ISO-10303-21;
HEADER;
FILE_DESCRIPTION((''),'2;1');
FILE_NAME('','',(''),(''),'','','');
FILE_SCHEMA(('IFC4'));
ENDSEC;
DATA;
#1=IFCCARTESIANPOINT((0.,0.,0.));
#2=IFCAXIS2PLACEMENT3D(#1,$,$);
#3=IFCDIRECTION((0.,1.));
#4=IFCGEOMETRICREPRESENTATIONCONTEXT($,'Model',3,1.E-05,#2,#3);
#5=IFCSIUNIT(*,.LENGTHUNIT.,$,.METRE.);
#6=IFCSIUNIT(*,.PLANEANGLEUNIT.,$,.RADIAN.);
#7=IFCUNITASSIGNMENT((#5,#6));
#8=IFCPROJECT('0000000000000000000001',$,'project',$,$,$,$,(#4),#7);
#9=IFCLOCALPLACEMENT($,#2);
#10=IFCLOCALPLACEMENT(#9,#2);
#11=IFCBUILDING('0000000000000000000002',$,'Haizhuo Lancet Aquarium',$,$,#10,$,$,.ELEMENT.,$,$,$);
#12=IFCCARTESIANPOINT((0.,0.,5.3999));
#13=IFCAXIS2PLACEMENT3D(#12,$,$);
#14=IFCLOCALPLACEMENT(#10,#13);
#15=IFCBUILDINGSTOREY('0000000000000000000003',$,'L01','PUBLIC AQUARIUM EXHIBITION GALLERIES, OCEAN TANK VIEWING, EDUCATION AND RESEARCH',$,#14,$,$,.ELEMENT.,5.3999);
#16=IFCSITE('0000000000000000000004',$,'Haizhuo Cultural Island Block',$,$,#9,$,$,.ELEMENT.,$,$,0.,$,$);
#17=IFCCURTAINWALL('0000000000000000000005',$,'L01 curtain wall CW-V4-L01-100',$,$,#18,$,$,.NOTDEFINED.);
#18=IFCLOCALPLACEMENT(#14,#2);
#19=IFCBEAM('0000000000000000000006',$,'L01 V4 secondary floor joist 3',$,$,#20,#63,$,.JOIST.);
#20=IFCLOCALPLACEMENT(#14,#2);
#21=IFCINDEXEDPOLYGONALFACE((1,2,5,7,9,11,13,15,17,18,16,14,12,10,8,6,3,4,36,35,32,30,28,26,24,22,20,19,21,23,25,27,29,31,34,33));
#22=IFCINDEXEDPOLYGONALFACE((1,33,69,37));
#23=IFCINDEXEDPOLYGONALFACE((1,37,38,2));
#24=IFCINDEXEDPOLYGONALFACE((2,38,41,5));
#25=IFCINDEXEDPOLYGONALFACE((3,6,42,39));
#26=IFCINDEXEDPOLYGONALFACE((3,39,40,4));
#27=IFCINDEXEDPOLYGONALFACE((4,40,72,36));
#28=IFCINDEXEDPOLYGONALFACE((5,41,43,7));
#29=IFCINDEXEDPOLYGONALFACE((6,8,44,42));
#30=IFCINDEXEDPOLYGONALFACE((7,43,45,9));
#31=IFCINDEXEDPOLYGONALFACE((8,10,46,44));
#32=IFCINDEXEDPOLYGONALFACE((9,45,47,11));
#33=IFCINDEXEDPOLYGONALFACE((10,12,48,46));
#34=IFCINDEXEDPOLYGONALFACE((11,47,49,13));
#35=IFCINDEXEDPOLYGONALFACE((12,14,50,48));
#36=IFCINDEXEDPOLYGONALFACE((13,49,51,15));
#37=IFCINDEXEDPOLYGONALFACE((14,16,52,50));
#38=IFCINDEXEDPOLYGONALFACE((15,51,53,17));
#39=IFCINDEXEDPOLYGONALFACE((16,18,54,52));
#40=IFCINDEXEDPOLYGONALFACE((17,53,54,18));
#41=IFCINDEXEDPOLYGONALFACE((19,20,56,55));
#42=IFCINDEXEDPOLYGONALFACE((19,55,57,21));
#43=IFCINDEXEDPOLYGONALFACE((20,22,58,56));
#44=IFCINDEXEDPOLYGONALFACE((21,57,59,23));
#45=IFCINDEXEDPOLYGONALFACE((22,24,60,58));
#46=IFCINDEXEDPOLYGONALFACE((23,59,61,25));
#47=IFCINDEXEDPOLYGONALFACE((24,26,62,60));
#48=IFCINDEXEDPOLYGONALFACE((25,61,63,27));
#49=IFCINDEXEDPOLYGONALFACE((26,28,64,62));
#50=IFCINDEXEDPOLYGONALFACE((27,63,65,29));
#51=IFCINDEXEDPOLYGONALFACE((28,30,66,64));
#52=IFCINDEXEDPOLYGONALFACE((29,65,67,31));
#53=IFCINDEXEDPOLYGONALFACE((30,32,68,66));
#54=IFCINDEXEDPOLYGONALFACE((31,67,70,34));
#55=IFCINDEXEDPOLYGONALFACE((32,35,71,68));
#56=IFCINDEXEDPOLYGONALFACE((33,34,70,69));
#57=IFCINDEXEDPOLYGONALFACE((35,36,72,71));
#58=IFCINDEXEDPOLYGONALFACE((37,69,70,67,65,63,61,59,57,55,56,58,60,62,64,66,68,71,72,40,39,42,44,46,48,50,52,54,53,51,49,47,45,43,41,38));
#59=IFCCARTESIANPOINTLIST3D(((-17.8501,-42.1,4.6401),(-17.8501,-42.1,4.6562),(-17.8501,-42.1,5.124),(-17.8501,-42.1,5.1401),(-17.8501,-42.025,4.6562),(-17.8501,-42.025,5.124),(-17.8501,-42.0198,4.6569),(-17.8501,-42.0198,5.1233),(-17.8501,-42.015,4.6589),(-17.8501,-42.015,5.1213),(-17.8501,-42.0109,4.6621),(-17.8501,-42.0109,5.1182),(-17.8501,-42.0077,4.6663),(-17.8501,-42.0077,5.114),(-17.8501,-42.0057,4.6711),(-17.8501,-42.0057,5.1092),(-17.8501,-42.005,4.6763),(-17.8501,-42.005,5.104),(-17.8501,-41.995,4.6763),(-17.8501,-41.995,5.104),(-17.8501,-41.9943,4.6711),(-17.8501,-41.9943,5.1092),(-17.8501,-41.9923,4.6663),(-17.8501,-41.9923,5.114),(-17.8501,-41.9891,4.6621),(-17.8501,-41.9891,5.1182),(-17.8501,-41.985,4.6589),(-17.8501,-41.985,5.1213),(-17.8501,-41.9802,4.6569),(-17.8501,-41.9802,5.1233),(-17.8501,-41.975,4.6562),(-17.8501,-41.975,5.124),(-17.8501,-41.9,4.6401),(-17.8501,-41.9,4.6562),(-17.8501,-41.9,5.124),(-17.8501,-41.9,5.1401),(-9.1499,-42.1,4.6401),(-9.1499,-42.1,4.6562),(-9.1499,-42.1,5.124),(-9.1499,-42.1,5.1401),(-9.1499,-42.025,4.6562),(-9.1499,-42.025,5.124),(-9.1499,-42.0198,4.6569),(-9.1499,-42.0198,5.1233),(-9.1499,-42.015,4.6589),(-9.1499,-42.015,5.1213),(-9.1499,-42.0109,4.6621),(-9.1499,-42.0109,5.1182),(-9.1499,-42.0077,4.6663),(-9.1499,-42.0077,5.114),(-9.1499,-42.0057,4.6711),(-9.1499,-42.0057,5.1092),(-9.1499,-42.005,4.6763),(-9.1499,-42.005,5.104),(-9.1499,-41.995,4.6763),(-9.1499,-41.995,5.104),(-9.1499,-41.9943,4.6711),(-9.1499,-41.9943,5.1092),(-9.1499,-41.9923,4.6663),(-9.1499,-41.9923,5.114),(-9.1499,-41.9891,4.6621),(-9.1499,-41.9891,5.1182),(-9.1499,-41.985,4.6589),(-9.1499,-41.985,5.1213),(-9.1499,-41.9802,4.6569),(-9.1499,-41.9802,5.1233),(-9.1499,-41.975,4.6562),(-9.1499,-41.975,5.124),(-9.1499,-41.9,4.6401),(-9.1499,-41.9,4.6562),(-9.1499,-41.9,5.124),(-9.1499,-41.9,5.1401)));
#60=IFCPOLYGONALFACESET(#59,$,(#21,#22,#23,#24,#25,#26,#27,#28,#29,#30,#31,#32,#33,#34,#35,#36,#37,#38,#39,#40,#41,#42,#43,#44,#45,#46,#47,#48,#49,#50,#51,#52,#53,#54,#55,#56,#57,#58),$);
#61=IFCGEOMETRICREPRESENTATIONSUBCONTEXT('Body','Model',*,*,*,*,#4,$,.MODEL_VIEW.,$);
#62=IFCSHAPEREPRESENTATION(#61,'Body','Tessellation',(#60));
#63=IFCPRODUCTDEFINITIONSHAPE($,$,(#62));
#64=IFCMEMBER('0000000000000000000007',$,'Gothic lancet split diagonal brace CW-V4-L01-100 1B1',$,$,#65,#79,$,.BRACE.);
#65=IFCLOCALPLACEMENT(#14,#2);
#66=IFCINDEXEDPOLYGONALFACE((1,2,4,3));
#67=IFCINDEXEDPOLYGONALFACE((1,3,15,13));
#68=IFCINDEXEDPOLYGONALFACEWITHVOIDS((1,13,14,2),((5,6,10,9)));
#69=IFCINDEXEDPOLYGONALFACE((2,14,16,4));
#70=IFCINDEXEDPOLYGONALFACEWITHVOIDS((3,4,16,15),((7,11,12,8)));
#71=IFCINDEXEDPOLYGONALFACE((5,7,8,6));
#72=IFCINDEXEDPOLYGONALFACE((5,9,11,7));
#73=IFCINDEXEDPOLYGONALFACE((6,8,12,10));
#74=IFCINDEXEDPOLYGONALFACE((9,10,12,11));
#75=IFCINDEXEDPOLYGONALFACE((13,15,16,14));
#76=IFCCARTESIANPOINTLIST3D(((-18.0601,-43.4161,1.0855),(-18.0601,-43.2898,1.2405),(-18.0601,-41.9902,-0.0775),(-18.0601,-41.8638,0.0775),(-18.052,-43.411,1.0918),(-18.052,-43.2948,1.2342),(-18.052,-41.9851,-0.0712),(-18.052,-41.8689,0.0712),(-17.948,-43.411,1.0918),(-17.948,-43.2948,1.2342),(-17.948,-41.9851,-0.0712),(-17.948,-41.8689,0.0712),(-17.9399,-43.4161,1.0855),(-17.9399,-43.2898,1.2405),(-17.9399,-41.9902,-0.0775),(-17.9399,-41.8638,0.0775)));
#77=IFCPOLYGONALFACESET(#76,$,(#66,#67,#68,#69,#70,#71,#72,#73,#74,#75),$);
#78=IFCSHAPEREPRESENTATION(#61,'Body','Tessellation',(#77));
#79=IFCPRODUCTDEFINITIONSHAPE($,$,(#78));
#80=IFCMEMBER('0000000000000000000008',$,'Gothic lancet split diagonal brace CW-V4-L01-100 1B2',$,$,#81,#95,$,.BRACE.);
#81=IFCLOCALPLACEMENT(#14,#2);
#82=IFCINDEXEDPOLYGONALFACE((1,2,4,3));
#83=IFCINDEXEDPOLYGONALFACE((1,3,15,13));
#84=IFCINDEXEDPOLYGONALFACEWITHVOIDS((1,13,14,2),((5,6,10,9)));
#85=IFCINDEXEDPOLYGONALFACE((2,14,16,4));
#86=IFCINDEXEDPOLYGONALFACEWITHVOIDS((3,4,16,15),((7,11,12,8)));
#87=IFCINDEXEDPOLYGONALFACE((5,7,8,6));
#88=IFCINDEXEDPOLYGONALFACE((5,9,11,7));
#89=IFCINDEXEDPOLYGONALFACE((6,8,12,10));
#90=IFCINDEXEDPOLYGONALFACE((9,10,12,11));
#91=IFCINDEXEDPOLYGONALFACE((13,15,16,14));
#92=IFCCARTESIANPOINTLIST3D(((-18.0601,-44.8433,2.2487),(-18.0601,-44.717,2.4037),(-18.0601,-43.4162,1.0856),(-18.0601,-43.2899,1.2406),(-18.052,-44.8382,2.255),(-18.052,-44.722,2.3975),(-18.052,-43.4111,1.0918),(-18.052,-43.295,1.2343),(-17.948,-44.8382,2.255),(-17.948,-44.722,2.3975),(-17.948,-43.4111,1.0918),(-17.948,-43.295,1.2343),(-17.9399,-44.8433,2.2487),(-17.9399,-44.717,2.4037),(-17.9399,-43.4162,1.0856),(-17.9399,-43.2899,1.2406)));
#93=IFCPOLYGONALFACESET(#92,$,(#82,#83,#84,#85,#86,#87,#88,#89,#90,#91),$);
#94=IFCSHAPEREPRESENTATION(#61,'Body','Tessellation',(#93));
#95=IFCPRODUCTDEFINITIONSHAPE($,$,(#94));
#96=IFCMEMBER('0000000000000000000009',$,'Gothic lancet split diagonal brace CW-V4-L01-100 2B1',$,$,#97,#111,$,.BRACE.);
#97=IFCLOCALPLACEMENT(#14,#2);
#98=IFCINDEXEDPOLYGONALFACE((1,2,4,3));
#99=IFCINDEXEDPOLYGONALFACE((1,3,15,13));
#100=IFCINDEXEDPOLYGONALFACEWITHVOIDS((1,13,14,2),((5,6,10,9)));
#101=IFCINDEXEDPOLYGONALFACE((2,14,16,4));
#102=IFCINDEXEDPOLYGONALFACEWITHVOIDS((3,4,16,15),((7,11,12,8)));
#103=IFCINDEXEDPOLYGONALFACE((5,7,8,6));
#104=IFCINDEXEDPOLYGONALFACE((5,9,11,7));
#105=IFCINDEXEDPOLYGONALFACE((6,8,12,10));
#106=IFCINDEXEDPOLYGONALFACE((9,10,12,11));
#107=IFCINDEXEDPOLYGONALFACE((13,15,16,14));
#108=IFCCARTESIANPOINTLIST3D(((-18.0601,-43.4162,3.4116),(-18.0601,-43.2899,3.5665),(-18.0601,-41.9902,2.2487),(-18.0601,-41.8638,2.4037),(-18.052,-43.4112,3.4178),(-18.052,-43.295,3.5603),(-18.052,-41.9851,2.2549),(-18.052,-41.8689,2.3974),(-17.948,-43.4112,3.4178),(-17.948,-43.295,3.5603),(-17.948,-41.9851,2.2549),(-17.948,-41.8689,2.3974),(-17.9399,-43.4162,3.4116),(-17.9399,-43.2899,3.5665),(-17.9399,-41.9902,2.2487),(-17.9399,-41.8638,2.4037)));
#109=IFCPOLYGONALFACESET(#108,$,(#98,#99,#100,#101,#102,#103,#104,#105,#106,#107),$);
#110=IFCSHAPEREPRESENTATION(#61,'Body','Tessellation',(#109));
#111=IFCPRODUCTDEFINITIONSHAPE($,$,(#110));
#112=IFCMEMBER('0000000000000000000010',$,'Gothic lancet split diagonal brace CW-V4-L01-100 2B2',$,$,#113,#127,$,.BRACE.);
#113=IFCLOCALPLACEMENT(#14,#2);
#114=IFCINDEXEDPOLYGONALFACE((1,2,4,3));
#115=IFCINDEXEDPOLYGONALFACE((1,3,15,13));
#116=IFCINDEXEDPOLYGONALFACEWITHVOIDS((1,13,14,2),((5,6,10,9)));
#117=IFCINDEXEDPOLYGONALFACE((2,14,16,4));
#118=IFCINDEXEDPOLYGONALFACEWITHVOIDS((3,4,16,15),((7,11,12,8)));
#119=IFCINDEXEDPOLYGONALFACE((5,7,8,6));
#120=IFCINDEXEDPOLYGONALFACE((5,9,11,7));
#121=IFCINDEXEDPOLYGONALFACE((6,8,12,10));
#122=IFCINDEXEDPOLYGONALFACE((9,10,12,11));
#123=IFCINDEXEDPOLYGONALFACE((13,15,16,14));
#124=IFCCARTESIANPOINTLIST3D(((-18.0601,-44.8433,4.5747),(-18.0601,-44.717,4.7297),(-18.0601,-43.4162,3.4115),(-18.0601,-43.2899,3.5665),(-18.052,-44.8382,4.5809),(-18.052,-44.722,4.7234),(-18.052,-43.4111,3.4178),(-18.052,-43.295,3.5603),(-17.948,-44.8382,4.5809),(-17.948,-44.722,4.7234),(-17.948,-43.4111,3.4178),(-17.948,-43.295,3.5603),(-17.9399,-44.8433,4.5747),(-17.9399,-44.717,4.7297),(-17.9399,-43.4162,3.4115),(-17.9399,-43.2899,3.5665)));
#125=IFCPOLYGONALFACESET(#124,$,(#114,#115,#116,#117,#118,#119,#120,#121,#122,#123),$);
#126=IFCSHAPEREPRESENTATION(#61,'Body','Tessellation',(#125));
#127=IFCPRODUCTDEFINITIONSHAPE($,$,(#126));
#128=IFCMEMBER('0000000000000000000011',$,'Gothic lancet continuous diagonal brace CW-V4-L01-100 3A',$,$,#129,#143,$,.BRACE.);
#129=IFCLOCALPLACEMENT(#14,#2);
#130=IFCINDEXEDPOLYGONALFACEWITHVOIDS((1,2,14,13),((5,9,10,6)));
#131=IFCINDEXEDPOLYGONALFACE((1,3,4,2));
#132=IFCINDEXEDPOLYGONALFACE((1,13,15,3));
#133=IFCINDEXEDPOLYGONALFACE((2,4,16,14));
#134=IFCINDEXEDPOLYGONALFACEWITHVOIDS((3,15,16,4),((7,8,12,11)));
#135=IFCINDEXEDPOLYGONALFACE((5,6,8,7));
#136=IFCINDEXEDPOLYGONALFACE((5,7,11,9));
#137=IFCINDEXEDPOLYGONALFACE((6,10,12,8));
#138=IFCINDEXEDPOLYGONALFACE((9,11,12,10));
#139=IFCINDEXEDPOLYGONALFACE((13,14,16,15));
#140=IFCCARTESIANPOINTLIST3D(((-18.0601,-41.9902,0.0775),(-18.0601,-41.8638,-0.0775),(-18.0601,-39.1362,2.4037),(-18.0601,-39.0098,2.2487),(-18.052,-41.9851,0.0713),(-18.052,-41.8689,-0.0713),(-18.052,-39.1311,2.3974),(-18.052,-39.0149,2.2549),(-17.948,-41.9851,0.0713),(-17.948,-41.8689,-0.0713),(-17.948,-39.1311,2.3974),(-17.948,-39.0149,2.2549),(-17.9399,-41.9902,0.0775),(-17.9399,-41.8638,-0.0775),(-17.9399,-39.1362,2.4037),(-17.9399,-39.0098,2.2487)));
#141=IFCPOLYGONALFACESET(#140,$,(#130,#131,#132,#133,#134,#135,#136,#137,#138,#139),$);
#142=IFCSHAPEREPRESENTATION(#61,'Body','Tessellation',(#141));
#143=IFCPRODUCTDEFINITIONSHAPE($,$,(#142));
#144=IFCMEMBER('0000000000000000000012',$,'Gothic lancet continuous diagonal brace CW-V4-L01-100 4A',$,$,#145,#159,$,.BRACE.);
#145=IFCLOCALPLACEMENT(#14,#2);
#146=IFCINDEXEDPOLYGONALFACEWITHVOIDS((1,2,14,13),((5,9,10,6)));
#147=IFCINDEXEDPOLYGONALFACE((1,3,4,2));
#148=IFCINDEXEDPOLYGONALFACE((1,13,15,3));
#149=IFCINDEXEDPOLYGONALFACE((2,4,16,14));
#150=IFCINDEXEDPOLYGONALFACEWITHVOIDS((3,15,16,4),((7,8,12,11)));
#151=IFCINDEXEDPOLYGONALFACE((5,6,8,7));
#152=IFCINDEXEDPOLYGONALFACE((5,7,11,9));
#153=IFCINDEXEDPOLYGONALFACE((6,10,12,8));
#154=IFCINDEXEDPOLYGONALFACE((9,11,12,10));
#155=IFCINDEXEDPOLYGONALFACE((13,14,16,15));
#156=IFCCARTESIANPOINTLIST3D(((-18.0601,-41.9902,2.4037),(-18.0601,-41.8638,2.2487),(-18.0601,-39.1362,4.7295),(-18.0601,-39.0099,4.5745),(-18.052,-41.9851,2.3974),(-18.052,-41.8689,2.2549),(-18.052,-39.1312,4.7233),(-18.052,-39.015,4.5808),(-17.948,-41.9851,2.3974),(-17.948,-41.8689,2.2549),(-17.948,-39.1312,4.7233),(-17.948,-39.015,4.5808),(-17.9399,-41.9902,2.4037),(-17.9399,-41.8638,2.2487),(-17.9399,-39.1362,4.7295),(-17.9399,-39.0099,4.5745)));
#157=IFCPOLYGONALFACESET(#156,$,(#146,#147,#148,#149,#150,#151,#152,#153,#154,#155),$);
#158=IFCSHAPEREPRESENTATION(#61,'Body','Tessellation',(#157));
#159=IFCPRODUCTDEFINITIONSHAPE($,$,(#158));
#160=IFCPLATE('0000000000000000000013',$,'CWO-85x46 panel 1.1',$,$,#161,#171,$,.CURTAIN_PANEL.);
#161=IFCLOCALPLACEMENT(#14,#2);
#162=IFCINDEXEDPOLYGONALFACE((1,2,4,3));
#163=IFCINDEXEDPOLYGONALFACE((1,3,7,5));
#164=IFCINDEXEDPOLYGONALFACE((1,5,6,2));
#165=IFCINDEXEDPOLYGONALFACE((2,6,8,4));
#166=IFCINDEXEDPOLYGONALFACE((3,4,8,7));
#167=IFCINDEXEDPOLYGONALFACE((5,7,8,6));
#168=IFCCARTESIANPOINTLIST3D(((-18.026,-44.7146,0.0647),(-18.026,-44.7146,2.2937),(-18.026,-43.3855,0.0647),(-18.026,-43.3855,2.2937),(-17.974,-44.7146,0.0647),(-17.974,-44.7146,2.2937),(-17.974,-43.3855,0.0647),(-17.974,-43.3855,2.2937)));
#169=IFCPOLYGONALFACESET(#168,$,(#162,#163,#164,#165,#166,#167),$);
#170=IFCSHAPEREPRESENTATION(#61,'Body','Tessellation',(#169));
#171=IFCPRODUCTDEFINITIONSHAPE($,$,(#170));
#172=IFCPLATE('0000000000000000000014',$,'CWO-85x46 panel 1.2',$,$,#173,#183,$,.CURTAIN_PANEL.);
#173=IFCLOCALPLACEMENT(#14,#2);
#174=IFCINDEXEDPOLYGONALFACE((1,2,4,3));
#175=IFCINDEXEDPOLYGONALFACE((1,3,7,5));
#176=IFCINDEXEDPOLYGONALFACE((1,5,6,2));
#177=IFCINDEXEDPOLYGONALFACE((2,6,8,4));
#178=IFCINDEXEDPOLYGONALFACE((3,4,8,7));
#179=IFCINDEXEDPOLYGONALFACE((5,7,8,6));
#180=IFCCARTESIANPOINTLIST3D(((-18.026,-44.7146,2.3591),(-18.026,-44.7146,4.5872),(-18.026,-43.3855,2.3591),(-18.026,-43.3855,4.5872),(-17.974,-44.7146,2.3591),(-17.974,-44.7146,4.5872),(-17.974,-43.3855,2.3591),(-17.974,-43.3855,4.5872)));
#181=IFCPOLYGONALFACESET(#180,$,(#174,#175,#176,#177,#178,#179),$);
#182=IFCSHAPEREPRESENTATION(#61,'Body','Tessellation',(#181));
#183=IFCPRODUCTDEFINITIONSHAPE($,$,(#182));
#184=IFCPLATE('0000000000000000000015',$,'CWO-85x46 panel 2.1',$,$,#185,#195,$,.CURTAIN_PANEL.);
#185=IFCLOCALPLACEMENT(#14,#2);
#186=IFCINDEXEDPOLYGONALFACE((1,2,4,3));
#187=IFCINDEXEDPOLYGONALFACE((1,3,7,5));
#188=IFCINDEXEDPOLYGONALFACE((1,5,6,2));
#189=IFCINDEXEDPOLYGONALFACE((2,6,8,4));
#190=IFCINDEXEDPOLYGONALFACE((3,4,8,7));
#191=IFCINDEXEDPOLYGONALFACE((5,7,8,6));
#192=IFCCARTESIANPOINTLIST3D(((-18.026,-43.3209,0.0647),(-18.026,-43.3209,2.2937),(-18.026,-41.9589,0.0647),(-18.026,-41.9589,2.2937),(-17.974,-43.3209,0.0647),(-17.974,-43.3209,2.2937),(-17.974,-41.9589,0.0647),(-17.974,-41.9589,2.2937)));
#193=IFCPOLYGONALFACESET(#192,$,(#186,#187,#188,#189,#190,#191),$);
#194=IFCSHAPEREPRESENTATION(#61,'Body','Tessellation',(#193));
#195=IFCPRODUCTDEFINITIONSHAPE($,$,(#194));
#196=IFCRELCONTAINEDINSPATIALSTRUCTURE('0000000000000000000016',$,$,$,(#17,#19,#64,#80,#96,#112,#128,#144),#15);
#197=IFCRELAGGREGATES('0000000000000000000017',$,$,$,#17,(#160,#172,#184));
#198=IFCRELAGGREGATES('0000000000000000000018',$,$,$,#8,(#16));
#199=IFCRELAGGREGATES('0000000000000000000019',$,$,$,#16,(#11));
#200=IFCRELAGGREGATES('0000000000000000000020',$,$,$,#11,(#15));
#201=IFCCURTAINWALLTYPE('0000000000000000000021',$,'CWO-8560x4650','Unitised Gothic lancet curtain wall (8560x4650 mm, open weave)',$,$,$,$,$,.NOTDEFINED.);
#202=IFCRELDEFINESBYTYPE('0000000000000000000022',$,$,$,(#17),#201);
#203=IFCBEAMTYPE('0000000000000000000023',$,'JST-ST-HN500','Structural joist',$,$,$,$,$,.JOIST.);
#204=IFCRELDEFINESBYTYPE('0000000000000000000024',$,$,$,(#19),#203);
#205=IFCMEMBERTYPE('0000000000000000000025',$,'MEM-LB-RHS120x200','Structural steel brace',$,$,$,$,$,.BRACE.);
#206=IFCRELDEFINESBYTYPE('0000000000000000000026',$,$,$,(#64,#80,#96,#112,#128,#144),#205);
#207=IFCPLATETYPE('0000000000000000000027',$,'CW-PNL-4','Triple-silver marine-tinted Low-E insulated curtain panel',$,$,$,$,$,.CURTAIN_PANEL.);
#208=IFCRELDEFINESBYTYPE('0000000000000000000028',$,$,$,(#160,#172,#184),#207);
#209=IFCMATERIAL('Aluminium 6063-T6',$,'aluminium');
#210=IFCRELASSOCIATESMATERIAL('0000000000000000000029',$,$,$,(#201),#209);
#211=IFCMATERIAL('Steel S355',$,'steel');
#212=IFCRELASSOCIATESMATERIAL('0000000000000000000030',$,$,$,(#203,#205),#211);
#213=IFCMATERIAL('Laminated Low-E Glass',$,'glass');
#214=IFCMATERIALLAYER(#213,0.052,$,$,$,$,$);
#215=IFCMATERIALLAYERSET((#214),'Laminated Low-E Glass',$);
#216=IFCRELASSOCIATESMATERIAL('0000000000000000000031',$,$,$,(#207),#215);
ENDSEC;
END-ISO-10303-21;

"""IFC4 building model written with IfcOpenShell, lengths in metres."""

from ifc_helpers import new_model, si_unit, direction, frame, origin, origin_2d, place, context, subcontext, project, spatial, rectangle, hollow_rectangle, i_section, extrude, material, layer, layer_set, material_profile, profile_set, type_object, element, aggregate, save


model = new_model("IFC4")

# Units and contexts
model_context = context("Model", 3, precision=1e-05, world=origin(), true_north=direction((0.0, 1.0)))
body_context = subcontext(model_context, "Body", "Model", "MODEL_VIEW")
ifc_project = project(units=[si_unit("LENGTHUNIT", "METRE"), si_unit("PLANEANGLEUNIT", "RADIAN")], contexts=[model_context])

# Site, building, storey
site_placement = place(None, origin())
site = spatial("IfcSite", under=ifc_project, at=site_placement, Name="Haizhuo Cultural Island Block", CompositionType="ELEMENT", RefElevation=0.0)
building_placement = place(site_placement, origin())
building = spatial("IfcBuilding", under=site, at=building_placement, Name="Haizhuo Lancet Aquarium", CompositionType="ELEMENT")
storey_placement = place(building_placement, frame((0.0, 0.0, 5.3999)))
storey = spatial("IfcBuildingStorey", under=building, at=storey_placement, Name="L01", Description="PUBLIC AQUARIUM EXHIBITION GALLERIES, OCEAN TANK VIEWING, EDUCATION AND RESEARCH", CompositionType="ELEMENT", Elevation=5.3999)

# Curtain wall
ifc_material_1 = material(Name="Aluminium 6063-T6", Category="aluminium")
curtain_wall_type = type_object("IfcCurtainWallType", Name="CWO-8560x4650", Description="Unitised Gothic lancet curtain wall (8560x4650 mm, open weave)", PredefinedType="NOTDEFINED", material=ifc_material_1)
curtain_wall_placement = place(storey_placement, origin())
curtain_wall = element("IfcCurtainWall", 1, at=curtain_wall_placement, inside=storey, type_object=curtain_wall_type, Name="L01 curtain wall CW-V4-L01-100", PredefinedType="NOTDEFINED")

# Beam
ifc_material_2 = material(Name="Steel S355", Category="steel")
ifc_material_profile_1 = material_profile(ifc_material_2, i_section(OverallWidth=0.2, OverallDepth=0.5, WebThickness=0.01, FlangeThickness=0.0161, FilletRadius=0.02, at=origin_2d()), Name="HN 500x200x10x16")
ifc_profile_set_1 = profile_set([ifc_material_profile_1], Name="Steel S355")
beam_type = type_object("IfcBeamType", Name="JST-ST-HN500", Description="Structural joist", PredefinedType="JOIST", material=ifc_profile_set_1)
beam_placement = place(storey_placement, frame((-17.8501, -42.0, 4.8901), z_axis=(1.0, 0.0, 0.0), x_axis=(0.0, 1.0, 0.0)))
element("IfcBeam", 2, at=beam_placement, inside=storey, type_object=beam_type, Name="L01 V4 secondary floor joist 3", PredefinedType="JOIST", context=body_context, shape_type="SweptSolid", body=[
    extrude(i_section(OverallWidth=0.2, OverallDepth=0.5, WebThickness=0.01, FlangeThickness=0.0161, FilletRadius=0.02, at=origin_2d()), origin(), (0.0, 0.0, 1.0), 8.7002),
])

# Members
ifc_material_profile_2 = material_profile(ifc_material_2, hollow_rectangle(XDim=0.1201, YDim=0.2, WallThickness=0.0081, at=origin_2d()), Name="RHS 120x200x8")
ifc_profile_set_2 = profile_set([ifc_material_profile_2], Name="Steel S355")
member_type_1 = type_object("IfcMemberType", Name="MEM-LB-RHS120x200", Description="Structural steel brace", PredefinedType="BRACE", material=ifc_profile_set_2)
member_1_placement = place(storey_placement, frame((-18.0, -41.927, 0.0), z_axis=(0.0, -0.774932, 0.632045), x_axis=(1.0, 0.0, 0.0)))
element("IfcMember", 3, at=member_1_placement, inside=storey, type_object=member_type_1, Name="Gothic lancet split diagonal brace CW-V4-L01-100 1B1", PredefinedType="BRACE", context=body_context, shape_type="SweptSolid", body=[
    extrude(hollow_rectangle(XDim=0.1201, YDim=0.2, WallThickness=0.0081, at=origin_2d()), origin(), (0.0, 0.0, 1.0), 1.8401),
])
member_2_placement = place(storey_placement, frame((-18.0, -43.353, 1.1631), z_axis=(0.0, -0.775144, 0.631785), x_axis=(1.0, 0.0, 0.0)))
element("IfcMember", 4, at=member_2_placement, inside=storey, type_object=member_type_1, Name="Gothic lancet split diagonal brace CW-V4-L01-100 1B2", PredefinedType="BRACE", context=body_context, shape_type="SweptSolid", body=[
    extrude(hollow_rectangle(XDim=0.1201, YDim=0.2, WallThickness=0.0081, at=origin_2d()), origin(), (0.0, 0.0, 1.0), 1.8411),
])
member_3_placement = place(storey_placement, frame((-18.0, -41.927, 2.3262), z_axis=(0.0, -0.774997, 0.631965), x_axis=(1.0, 0.0, 0.0)))
element("IfcMember", 5, at=member_3_placement, inside=storey, type_object=member_type_1, Name="Gothic lancet split diagonal brace CW-V4-L01-100 2B1", PredefinedType="BRACE", context=body_context, shape_type="SweptSolid", body=[
    extrude(hollow_rectangle(XDim=0.1201, YDim=0.2, WallThickness=0.0081, at=origin_2d()), origin(), (0.0, 0.0, 1.0), 1.8401),
])
member_4_placement = place(storey_placement, frame((-18.0, -43.353, 3.489), z_axis=(0.0, -0.775144, 0.631785), x_axis=(1.0, 0.0, 0.0)))
element("IfcMember", 6, at=member_4_placement, inside=storey, type_object=member_type_1, Name="Gothic lancet split diagonal brace CW-V4-L01-100 2B2", PredefinedType="BRACE", context=body_context, shape_type="SweptSolid", body=[
    extrude(hollow_rectangle(XDim=0.1201, YDim=0.2, WallThickness=0.0081, at=origin_2d()), origin(), (0.0, 0.0, 1.0), 1.8411),
])
member_5_placement = place(storey_placement, frame((-18.0, -41.927, 0.0), z_axis=(0.0, 0.775144, 0.631785), x_axis=(-1.0, 0.0, 0.0)))
element("IfcMember", 7, at=member_5_placement, inside=storey, type_object=member_type_1, Name="Gothic lancet continuous diagonal brace CW-V4-L01-100 3A", PredefinedType="BRACE", context=body_context, shape_type="SweptSolid", body=[
    extrude(hollow_rectangle(XDim=0.1201, YDim=0.2, WallThickness=0.0081, at=origin_2d()), origin(), (0.0, 0.0, 1.0), 3.6819),
])
member_6_placement = place(storey_placement, frame((-18.0, -41.927, 2.3262), z_axis=(0.0, 0.775176, 0.631745), x_axis=(-1.0, 0.0, 0.0)))
element("IfcMember", 8, at=member_6_placement, inside=storey, type_object=member_type_1, Name="Gothic lancet continuous diagonal brace CW-V4-L01-100 4A", PredefinedType="BRACE", context=body_context, shape_type="SweptSolid", body=[
    extrude(hollow_rectangle(XDim=0.1201, YDim=0.2, WallThickness=0.0081, at=origin_2d()), origin(), (0.0, 0.0, 1.0), 3.6816),
])

# Plates
ifc_material_3 = material(Name="Laminated Low-E Glass", Category="glass")
ifc_layer = layer(ifc_material_3, 0.052)
ifc_layer_set = layer_set([ifc_layer], Name="Laminated Low-E Glass")
plate_type = type_object("IfcPlateType", Name="CW-PNL-4", Description="Triple-silver marine-tinted Low-E insulated curtain panel", PredefinedType="CURTAIN_PANEL", material=ifc_layer_set)
plate_1_placement = place(storey_placement, frame((-18.0, -44.05, 0.0647), z_axis=(0.0, 0.0, 1.0), x_axis=(0.0, 1.0, 0.0)))
plate_1 = element("IfcPlate", 9, at=plate_1_placement, type_object=plate_type, Name="CWO-85x46 panel 1.1", PredefinedType="CURTAIN_PANEL", context=body_context, shape_type="SweptSolid", body=[
    extrude(rectangle(XDim=1.3291, YDim=0.052, at=origin_2d()), origin(), (0.0, 0.0, 1.0), 2.229),
])
plate_2_placement = place(storey_placement, frame((-18.0, -44.05, 2.3591), z_axis=(0.0, 0.0, 1.0), x_axis=(0.0, 1.0, 0.0)))
plate_2 = element("IfcPlate", 10, at=plate_2_placement, type_object=plate_type, Name="CWO-85x46 panel 1.2", PredefinedType="CURTAIN_PANEL", context=body_context, shape_type="SweptSolid", body=[
    extrude(rectangle(XDim=1.3291, YDim=0.052, at=origin_2d()), origin(), (0.0, 0.0, 1.0), 2.228),
])
plate_3_placement = place(storey_placement, frame((-18.0, -42.6399, 0.0647), z_axis=(0.0, 0.0, 1.0), x_axis=(0.0, 1.0, 0.0)))
plate_3 = element("IfcPlate", 11, at=plate_3_placement, type_object=plate_type, Name="CWO-85x46 panel 2.1", PredefinedType="CURTAIN_PANEL", context=body_context, shape_type="SweptSolid", body=[
    extrude(rectangle(XDim=1.3621, YDim=0.052, at=origin_2d()), origin(), (0.0, 0.0, 1.0), 2.229),
])
aggregate(curtain_wall, [plate_1, plate_2, plate_3])

save(model, "model.ifc")
